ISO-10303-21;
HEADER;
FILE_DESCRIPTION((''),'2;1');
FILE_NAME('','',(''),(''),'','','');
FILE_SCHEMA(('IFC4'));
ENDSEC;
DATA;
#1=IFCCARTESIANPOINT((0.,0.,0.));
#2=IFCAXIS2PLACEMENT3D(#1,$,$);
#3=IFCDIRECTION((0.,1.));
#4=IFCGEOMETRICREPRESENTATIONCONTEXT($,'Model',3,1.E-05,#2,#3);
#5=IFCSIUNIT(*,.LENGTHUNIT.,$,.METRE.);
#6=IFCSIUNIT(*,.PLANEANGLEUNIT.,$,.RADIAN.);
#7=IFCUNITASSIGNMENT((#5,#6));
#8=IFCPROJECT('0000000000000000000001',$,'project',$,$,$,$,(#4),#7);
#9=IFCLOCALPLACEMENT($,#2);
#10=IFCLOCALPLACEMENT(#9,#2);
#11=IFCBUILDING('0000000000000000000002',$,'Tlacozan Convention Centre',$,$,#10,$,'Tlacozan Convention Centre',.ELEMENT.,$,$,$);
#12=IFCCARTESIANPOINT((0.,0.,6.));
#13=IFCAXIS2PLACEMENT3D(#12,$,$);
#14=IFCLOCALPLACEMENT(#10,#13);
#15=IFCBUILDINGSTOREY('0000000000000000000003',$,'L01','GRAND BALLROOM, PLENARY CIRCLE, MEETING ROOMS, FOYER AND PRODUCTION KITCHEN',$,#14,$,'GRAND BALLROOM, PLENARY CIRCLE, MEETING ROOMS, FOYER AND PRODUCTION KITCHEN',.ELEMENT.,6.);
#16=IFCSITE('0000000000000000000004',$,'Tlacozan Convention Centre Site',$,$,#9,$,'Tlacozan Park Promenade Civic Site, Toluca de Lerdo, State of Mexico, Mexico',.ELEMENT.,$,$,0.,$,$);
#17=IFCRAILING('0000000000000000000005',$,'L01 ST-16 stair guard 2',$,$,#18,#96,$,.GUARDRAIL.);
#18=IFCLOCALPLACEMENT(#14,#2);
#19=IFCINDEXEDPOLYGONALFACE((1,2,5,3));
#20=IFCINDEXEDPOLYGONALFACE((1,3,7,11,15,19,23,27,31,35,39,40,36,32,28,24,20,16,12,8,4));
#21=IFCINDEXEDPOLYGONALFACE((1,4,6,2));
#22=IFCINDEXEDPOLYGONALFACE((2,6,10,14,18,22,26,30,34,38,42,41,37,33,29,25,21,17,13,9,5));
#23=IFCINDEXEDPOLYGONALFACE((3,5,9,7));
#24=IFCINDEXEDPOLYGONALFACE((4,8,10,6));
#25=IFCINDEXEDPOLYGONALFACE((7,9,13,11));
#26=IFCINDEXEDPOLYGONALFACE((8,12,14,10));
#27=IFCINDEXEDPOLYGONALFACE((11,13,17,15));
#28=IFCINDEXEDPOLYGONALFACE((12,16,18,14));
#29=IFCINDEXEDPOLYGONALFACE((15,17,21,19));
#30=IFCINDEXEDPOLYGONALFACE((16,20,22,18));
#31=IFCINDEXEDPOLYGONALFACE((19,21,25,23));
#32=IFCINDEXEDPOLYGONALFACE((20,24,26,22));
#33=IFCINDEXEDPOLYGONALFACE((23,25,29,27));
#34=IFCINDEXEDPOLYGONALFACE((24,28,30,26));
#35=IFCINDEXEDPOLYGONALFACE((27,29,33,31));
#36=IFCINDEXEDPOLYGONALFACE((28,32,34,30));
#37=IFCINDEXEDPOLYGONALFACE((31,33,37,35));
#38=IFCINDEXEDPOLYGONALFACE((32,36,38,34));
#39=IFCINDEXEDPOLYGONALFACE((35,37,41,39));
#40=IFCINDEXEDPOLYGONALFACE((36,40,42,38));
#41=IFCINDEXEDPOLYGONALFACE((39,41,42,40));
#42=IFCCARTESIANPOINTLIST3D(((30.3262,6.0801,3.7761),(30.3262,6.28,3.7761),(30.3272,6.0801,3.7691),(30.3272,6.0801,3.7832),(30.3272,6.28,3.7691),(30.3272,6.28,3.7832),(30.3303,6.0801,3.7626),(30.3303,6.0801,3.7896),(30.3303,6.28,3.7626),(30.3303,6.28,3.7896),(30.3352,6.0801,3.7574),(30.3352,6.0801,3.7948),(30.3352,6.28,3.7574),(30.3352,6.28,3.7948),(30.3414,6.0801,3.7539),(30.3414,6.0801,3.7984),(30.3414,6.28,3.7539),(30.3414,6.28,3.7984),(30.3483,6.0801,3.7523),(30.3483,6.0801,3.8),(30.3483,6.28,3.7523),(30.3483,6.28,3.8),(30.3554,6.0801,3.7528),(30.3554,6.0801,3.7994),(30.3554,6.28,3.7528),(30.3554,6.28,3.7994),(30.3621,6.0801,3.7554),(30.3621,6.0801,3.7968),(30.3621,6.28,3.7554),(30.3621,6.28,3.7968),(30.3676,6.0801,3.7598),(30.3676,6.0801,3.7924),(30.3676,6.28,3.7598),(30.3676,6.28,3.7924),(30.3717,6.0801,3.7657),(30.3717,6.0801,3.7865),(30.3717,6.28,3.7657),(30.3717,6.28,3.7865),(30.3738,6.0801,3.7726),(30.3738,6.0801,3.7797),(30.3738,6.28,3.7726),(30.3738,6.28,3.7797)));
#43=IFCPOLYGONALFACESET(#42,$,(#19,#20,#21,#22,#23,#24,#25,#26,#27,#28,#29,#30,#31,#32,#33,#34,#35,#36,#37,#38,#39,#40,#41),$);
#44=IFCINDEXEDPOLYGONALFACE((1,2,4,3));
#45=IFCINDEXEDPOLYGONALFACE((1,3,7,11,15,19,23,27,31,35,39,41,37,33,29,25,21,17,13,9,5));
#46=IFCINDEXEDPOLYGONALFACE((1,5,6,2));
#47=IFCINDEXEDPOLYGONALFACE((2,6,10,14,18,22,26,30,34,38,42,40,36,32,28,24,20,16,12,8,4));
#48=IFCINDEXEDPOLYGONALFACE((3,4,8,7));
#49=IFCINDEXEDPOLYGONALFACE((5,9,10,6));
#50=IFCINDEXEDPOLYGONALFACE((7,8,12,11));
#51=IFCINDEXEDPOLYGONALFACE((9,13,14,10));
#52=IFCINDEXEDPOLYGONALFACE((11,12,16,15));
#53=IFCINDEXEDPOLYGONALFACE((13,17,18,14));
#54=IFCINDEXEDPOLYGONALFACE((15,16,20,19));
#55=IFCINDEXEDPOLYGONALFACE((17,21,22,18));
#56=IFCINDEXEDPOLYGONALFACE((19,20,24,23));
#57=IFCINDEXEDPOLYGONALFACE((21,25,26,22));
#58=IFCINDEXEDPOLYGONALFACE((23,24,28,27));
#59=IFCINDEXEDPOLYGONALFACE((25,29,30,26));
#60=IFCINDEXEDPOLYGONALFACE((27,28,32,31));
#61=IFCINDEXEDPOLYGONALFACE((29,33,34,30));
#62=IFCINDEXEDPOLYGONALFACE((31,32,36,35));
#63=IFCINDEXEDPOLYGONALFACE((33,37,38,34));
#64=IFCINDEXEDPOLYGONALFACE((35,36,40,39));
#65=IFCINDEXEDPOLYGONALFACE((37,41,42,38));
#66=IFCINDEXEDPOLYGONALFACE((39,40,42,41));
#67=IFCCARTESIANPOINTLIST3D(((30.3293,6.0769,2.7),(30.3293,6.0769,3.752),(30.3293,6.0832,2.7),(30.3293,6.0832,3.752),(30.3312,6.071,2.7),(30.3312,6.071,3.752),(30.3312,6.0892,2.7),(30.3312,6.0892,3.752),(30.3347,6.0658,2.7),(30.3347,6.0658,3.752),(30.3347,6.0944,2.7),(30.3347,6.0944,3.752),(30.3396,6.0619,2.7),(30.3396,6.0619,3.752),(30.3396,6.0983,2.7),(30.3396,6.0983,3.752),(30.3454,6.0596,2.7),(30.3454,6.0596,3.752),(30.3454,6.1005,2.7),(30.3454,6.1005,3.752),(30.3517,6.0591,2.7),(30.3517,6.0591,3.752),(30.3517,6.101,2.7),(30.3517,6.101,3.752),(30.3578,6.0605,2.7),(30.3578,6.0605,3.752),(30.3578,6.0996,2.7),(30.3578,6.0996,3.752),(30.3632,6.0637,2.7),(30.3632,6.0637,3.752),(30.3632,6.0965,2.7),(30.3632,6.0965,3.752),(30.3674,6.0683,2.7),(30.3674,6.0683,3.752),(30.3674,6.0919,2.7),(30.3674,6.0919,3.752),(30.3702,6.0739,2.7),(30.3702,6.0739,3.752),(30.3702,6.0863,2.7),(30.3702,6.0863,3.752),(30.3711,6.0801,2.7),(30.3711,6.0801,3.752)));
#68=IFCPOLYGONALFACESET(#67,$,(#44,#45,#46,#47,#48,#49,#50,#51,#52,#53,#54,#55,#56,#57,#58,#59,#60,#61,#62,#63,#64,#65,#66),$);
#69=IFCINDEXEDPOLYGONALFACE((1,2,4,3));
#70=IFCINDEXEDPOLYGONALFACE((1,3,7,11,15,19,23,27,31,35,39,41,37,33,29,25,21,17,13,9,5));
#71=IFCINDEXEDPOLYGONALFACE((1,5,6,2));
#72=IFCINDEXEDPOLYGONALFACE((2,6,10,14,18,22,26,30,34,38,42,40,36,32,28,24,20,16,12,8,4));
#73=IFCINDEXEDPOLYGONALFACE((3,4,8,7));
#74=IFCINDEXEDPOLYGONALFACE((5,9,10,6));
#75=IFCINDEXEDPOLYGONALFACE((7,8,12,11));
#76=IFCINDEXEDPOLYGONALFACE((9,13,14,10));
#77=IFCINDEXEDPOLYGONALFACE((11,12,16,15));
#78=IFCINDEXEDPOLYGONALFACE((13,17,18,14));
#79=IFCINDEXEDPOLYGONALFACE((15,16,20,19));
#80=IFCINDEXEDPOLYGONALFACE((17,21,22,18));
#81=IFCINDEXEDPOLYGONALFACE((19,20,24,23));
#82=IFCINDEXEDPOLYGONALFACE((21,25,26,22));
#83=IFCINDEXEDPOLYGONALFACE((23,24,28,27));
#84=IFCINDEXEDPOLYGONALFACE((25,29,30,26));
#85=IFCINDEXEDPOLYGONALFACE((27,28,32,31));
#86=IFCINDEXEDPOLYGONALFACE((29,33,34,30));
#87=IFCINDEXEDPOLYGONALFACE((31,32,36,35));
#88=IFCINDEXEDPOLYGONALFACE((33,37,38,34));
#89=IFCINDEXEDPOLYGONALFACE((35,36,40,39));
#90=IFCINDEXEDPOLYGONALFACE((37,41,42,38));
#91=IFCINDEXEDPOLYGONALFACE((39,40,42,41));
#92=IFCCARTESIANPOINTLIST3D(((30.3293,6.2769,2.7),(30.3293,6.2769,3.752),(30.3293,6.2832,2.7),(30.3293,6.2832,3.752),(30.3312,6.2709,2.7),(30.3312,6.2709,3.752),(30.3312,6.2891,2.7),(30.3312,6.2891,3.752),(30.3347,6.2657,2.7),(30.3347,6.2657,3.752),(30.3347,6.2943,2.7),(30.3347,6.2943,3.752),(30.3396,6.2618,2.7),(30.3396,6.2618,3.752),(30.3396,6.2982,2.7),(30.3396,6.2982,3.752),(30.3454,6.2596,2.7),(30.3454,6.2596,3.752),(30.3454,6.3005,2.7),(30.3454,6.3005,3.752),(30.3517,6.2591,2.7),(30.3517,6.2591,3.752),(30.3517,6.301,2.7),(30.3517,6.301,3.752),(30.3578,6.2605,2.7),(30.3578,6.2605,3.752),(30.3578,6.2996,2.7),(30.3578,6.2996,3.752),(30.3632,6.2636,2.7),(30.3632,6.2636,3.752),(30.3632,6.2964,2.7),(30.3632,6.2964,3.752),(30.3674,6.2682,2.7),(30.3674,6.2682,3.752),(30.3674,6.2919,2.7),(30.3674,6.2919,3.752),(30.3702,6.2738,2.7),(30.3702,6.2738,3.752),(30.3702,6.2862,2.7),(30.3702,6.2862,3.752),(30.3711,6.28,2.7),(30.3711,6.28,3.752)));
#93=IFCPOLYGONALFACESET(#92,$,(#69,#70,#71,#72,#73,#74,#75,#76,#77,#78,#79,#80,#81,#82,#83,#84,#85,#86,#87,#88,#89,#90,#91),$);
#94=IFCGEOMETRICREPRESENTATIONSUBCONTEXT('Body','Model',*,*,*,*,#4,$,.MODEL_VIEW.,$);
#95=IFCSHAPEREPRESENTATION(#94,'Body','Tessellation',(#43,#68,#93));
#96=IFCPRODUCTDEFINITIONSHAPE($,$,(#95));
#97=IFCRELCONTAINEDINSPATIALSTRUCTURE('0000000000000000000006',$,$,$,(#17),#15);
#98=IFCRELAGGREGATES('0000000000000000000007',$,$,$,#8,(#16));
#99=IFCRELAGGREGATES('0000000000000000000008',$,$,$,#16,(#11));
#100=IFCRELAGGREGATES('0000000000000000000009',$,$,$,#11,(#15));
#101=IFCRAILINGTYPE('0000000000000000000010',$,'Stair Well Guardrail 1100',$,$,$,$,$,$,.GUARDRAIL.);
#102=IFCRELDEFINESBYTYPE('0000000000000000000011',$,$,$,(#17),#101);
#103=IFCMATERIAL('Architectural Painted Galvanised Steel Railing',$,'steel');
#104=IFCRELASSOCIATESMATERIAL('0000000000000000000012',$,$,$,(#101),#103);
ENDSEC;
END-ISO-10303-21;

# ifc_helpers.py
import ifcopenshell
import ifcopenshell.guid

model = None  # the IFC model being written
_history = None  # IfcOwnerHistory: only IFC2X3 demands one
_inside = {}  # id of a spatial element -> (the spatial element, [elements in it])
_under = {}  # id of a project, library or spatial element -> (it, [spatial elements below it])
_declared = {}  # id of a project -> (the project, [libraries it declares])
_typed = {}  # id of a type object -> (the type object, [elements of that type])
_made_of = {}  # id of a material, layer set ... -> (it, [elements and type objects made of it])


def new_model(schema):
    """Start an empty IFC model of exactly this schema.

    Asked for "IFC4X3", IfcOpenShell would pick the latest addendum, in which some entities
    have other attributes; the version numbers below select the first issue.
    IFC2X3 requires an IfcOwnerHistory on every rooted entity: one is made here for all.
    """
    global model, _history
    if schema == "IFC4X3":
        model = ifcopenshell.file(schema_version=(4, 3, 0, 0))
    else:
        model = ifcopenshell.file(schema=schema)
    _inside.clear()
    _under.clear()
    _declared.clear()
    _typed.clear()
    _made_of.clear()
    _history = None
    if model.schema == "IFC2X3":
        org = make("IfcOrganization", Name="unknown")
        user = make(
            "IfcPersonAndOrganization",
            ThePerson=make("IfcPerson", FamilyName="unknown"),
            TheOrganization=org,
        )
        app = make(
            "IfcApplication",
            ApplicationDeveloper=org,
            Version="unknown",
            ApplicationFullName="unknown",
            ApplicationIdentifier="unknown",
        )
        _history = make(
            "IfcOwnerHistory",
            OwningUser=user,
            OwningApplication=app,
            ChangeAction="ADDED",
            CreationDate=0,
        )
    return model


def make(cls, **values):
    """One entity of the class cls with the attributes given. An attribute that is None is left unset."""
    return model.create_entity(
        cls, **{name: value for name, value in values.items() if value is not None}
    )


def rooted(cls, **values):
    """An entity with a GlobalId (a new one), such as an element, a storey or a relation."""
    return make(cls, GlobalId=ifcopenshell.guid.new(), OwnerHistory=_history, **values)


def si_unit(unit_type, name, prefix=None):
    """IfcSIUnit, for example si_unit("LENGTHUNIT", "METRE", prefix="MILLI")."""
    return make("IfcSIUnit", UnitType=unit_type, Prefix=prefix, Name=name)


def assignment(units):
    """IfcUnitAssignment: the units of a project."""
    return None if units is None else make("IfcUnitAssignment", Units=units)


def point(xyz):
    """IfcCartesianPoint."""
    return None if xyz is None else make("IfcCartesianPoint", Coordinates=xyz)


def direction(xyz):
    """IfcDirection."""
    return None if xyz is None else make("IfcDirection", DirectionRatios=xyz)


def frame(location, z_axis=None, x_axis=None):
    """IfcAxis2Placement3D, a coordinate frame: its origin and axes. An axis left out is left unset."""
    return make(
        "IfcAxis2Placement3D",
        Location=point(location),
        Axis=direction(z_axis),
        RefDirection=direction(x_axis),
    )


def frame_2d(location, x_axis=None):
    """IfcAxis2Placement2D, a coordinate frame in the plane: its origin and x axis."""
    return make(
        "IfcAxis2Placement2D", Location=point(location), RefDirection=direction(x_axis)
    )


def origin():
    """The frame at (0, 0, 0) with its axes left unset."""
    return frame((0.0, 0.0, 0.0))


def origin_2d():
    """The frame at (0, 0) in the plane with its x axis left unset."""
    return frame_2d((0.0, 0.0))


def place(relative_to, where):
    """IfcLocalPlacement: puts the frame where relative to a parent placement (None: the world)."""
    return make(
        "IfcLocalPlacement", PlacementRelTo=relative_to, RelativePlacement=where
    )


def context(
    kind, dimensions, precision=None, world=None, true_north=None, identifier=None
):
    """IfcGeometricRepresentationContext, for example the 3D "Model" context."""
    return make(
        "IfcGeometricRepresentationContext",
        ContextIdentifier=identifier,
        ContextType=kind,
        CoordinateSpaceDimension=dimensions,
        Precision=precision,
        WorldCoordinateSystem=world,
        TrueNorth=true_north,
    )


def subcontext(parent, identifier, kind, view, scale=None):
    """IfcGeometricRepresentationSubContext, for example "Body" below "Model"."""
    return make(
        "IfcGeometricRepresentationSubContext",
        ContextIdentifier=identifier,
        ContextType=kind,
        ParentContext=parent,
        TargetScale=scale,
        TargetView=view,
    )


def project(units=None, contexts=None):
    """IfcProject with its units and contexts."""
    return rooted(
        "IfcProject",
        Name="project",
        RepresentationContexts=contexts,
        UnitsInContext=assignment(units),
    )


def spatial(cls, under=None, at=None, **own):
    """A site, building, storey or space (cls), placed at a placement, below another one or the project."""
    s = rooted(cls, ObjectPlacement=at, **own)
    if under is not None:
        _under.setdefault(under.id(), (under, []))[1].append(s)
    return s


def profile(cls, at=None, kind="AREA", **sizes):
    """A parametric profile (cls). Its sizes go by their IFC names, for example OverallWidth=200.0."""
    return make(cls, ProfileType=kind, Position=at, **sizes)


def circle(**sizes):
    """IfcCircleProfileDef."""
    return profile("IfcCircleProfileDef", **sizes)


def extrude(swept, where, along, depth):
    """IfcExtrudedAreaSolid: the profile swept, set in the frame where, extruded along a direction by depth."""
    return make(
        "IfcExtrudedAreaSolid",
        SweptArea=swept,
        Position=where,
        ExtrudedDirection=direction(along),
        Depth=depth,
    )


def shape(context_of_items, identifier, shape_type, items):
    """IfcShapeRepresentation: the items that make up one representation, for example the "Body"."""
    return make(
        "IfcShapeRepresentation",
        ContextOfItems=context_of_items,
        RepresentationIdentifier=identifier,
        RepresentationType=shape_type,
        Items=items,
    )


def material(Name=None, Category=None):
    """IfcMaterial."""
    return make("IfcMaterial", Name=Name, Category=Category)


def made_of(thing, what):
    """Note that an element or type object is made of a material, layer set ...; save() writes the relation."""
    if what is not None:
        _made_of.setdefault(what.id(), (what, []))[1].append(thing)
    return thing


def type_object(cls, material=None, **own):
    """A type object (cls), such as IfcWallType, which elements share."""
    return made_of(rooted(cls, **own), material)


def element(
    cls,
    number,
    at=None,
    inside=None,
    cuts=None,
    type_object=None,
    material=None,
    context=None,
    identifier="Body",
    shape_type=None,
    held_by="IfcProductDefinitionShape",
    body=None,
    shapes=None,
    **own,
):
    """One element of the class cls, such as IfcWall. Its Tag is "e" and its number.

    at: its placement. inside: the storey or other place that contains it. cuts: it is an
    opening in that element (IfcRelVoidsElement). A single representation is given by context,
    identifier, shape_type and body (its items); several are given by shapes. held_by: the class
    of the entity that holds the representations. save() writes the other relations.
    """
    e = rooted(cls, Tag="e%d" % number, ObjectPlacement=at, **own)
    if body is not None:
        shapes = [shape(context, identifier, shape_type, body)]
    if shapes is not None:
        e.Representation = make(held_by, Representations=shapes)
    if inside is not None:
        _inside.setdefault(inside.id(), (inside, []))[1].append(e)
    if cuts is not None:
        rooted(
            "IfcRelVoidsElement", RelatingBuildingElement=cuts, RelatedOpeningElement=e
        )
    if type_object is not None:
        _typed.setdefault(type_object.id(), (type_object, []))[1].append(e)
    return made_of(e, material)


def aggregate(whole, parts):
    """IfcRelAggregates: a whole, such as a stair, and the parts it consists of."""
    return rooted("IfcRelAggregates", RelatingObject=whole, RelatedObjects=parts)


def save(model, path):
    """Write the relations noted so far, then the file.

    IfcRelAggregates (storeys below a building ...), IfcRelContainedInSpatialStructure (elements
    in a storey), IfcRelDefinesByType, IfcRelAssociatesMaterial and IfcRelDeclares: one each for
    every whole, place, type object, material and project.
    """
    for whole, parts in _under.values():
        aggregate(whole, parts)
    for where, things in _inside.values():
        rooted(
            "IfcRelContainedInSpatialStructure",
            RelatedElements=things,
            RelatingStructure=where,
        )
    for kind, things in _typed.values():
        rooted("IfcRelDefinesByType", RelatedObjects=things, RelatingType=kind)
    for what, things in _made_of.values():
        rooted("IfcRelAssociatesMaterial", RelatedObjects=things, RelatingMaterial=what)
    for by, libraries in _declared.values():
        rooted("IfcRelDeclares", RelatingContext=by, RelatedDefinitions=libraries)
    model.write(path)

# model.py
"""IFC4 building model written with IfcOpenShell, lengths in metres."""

from ifc_helpers import new_model, si_unit, direction, frame, origin, origin_2d, place, context, subcontext, project, spatial, circle, extrude, material, type_object, element, save


model = new_model("IFC4")

# Units and contexts
model_context = context("Model", 3, precision=1e-05, world=origin(), true_north=direction((0.0, 1.0)))
body_context = subcontext(model_context, "Body", "Model", "MODEL_VIEW")
ifc_project = project(units=[si_unit("LENGTHUNIT", "METRE"), si_unit("PLANEANGLEUNIT", "RADIAN")], contexts=[model_context])

# Site, building, storey
site_placement = place(None, origin())
site = spatial("IfcSite", under=ifc_project, at=site_placement, Name="Tlacozan Convention Centre Site", LongName="Tlacozan Park Promenade Civic Site, Toluca de Lerdo, State of Mexico, Mexico", CompositionType="ELEMENT", RefElevation=0.0)
building_placement = place(site_placement, origin())
building = spatial("IfcBuilding", under=site, at=building_placement, Name="Tlacozan Convention Centre", LongName="Tlacozan Convention Centre", CompositionType="ELEMENT")
storey_placement = place(building_placement, frame((0.0, 0.0, 6.0)))
storey = spatial("IfcBuildingStorey", under=building, at=storey_placement, Name="L01", Description="GRAND BALLROOM, PLENARY CIRCLE, MEETING ROOMS, FOYER AND PRODUCTION KITCHEN", LongName="GRAND BALLROOM, PLENARY CIRCLE, MEETING ROOMS, FOYER AND PRODUCTION KITCHEN", CompositionType="ELEMENT", Elevation=6.0)

# Railing
ifc_material_1 = material(Name="Architectural Painted Galvanised Steel Railing", Category="steel")
railing_type_1 = type_object("IfcRailingType", Name="Stair Well Guardrail 1100", PredefinedType="GUARDRAIL", material=ifc_material_1)
railing_1_placement = place(storey_placement, frame((30.3501, 6.0801, 2.7)))
element("IfcRailing", 1, at=railing_1_placement, inside=storey, type_object=railing_type_1, Name="L01 ST-16 stair guard 2", PredefinedType="GUARDRAIL", context=body_context, shape_type="SweptSolid", body=[
    extrude(circle(Radius=0.0239, at=origin_2d()), frame((0.0, 0.0, 1.0762), z_axis=(0.0, 1.0, 0.0), x_axis=(-1.0, 0.0, 0.0)), (0.0, 0.0, 1.0), 0.2),
    extrude(circle(Radius=0.021, at=origin_2d()), origin(), (0.0, 0.0, 1.0), 1.052),
    extrude(circle(Radius=0.021, at=origin_2d()), frame((0.0, 0.2, 0.0)), (0.0, 0.0, 1.0), 1.052),
])

save(model, "model.ifc")
